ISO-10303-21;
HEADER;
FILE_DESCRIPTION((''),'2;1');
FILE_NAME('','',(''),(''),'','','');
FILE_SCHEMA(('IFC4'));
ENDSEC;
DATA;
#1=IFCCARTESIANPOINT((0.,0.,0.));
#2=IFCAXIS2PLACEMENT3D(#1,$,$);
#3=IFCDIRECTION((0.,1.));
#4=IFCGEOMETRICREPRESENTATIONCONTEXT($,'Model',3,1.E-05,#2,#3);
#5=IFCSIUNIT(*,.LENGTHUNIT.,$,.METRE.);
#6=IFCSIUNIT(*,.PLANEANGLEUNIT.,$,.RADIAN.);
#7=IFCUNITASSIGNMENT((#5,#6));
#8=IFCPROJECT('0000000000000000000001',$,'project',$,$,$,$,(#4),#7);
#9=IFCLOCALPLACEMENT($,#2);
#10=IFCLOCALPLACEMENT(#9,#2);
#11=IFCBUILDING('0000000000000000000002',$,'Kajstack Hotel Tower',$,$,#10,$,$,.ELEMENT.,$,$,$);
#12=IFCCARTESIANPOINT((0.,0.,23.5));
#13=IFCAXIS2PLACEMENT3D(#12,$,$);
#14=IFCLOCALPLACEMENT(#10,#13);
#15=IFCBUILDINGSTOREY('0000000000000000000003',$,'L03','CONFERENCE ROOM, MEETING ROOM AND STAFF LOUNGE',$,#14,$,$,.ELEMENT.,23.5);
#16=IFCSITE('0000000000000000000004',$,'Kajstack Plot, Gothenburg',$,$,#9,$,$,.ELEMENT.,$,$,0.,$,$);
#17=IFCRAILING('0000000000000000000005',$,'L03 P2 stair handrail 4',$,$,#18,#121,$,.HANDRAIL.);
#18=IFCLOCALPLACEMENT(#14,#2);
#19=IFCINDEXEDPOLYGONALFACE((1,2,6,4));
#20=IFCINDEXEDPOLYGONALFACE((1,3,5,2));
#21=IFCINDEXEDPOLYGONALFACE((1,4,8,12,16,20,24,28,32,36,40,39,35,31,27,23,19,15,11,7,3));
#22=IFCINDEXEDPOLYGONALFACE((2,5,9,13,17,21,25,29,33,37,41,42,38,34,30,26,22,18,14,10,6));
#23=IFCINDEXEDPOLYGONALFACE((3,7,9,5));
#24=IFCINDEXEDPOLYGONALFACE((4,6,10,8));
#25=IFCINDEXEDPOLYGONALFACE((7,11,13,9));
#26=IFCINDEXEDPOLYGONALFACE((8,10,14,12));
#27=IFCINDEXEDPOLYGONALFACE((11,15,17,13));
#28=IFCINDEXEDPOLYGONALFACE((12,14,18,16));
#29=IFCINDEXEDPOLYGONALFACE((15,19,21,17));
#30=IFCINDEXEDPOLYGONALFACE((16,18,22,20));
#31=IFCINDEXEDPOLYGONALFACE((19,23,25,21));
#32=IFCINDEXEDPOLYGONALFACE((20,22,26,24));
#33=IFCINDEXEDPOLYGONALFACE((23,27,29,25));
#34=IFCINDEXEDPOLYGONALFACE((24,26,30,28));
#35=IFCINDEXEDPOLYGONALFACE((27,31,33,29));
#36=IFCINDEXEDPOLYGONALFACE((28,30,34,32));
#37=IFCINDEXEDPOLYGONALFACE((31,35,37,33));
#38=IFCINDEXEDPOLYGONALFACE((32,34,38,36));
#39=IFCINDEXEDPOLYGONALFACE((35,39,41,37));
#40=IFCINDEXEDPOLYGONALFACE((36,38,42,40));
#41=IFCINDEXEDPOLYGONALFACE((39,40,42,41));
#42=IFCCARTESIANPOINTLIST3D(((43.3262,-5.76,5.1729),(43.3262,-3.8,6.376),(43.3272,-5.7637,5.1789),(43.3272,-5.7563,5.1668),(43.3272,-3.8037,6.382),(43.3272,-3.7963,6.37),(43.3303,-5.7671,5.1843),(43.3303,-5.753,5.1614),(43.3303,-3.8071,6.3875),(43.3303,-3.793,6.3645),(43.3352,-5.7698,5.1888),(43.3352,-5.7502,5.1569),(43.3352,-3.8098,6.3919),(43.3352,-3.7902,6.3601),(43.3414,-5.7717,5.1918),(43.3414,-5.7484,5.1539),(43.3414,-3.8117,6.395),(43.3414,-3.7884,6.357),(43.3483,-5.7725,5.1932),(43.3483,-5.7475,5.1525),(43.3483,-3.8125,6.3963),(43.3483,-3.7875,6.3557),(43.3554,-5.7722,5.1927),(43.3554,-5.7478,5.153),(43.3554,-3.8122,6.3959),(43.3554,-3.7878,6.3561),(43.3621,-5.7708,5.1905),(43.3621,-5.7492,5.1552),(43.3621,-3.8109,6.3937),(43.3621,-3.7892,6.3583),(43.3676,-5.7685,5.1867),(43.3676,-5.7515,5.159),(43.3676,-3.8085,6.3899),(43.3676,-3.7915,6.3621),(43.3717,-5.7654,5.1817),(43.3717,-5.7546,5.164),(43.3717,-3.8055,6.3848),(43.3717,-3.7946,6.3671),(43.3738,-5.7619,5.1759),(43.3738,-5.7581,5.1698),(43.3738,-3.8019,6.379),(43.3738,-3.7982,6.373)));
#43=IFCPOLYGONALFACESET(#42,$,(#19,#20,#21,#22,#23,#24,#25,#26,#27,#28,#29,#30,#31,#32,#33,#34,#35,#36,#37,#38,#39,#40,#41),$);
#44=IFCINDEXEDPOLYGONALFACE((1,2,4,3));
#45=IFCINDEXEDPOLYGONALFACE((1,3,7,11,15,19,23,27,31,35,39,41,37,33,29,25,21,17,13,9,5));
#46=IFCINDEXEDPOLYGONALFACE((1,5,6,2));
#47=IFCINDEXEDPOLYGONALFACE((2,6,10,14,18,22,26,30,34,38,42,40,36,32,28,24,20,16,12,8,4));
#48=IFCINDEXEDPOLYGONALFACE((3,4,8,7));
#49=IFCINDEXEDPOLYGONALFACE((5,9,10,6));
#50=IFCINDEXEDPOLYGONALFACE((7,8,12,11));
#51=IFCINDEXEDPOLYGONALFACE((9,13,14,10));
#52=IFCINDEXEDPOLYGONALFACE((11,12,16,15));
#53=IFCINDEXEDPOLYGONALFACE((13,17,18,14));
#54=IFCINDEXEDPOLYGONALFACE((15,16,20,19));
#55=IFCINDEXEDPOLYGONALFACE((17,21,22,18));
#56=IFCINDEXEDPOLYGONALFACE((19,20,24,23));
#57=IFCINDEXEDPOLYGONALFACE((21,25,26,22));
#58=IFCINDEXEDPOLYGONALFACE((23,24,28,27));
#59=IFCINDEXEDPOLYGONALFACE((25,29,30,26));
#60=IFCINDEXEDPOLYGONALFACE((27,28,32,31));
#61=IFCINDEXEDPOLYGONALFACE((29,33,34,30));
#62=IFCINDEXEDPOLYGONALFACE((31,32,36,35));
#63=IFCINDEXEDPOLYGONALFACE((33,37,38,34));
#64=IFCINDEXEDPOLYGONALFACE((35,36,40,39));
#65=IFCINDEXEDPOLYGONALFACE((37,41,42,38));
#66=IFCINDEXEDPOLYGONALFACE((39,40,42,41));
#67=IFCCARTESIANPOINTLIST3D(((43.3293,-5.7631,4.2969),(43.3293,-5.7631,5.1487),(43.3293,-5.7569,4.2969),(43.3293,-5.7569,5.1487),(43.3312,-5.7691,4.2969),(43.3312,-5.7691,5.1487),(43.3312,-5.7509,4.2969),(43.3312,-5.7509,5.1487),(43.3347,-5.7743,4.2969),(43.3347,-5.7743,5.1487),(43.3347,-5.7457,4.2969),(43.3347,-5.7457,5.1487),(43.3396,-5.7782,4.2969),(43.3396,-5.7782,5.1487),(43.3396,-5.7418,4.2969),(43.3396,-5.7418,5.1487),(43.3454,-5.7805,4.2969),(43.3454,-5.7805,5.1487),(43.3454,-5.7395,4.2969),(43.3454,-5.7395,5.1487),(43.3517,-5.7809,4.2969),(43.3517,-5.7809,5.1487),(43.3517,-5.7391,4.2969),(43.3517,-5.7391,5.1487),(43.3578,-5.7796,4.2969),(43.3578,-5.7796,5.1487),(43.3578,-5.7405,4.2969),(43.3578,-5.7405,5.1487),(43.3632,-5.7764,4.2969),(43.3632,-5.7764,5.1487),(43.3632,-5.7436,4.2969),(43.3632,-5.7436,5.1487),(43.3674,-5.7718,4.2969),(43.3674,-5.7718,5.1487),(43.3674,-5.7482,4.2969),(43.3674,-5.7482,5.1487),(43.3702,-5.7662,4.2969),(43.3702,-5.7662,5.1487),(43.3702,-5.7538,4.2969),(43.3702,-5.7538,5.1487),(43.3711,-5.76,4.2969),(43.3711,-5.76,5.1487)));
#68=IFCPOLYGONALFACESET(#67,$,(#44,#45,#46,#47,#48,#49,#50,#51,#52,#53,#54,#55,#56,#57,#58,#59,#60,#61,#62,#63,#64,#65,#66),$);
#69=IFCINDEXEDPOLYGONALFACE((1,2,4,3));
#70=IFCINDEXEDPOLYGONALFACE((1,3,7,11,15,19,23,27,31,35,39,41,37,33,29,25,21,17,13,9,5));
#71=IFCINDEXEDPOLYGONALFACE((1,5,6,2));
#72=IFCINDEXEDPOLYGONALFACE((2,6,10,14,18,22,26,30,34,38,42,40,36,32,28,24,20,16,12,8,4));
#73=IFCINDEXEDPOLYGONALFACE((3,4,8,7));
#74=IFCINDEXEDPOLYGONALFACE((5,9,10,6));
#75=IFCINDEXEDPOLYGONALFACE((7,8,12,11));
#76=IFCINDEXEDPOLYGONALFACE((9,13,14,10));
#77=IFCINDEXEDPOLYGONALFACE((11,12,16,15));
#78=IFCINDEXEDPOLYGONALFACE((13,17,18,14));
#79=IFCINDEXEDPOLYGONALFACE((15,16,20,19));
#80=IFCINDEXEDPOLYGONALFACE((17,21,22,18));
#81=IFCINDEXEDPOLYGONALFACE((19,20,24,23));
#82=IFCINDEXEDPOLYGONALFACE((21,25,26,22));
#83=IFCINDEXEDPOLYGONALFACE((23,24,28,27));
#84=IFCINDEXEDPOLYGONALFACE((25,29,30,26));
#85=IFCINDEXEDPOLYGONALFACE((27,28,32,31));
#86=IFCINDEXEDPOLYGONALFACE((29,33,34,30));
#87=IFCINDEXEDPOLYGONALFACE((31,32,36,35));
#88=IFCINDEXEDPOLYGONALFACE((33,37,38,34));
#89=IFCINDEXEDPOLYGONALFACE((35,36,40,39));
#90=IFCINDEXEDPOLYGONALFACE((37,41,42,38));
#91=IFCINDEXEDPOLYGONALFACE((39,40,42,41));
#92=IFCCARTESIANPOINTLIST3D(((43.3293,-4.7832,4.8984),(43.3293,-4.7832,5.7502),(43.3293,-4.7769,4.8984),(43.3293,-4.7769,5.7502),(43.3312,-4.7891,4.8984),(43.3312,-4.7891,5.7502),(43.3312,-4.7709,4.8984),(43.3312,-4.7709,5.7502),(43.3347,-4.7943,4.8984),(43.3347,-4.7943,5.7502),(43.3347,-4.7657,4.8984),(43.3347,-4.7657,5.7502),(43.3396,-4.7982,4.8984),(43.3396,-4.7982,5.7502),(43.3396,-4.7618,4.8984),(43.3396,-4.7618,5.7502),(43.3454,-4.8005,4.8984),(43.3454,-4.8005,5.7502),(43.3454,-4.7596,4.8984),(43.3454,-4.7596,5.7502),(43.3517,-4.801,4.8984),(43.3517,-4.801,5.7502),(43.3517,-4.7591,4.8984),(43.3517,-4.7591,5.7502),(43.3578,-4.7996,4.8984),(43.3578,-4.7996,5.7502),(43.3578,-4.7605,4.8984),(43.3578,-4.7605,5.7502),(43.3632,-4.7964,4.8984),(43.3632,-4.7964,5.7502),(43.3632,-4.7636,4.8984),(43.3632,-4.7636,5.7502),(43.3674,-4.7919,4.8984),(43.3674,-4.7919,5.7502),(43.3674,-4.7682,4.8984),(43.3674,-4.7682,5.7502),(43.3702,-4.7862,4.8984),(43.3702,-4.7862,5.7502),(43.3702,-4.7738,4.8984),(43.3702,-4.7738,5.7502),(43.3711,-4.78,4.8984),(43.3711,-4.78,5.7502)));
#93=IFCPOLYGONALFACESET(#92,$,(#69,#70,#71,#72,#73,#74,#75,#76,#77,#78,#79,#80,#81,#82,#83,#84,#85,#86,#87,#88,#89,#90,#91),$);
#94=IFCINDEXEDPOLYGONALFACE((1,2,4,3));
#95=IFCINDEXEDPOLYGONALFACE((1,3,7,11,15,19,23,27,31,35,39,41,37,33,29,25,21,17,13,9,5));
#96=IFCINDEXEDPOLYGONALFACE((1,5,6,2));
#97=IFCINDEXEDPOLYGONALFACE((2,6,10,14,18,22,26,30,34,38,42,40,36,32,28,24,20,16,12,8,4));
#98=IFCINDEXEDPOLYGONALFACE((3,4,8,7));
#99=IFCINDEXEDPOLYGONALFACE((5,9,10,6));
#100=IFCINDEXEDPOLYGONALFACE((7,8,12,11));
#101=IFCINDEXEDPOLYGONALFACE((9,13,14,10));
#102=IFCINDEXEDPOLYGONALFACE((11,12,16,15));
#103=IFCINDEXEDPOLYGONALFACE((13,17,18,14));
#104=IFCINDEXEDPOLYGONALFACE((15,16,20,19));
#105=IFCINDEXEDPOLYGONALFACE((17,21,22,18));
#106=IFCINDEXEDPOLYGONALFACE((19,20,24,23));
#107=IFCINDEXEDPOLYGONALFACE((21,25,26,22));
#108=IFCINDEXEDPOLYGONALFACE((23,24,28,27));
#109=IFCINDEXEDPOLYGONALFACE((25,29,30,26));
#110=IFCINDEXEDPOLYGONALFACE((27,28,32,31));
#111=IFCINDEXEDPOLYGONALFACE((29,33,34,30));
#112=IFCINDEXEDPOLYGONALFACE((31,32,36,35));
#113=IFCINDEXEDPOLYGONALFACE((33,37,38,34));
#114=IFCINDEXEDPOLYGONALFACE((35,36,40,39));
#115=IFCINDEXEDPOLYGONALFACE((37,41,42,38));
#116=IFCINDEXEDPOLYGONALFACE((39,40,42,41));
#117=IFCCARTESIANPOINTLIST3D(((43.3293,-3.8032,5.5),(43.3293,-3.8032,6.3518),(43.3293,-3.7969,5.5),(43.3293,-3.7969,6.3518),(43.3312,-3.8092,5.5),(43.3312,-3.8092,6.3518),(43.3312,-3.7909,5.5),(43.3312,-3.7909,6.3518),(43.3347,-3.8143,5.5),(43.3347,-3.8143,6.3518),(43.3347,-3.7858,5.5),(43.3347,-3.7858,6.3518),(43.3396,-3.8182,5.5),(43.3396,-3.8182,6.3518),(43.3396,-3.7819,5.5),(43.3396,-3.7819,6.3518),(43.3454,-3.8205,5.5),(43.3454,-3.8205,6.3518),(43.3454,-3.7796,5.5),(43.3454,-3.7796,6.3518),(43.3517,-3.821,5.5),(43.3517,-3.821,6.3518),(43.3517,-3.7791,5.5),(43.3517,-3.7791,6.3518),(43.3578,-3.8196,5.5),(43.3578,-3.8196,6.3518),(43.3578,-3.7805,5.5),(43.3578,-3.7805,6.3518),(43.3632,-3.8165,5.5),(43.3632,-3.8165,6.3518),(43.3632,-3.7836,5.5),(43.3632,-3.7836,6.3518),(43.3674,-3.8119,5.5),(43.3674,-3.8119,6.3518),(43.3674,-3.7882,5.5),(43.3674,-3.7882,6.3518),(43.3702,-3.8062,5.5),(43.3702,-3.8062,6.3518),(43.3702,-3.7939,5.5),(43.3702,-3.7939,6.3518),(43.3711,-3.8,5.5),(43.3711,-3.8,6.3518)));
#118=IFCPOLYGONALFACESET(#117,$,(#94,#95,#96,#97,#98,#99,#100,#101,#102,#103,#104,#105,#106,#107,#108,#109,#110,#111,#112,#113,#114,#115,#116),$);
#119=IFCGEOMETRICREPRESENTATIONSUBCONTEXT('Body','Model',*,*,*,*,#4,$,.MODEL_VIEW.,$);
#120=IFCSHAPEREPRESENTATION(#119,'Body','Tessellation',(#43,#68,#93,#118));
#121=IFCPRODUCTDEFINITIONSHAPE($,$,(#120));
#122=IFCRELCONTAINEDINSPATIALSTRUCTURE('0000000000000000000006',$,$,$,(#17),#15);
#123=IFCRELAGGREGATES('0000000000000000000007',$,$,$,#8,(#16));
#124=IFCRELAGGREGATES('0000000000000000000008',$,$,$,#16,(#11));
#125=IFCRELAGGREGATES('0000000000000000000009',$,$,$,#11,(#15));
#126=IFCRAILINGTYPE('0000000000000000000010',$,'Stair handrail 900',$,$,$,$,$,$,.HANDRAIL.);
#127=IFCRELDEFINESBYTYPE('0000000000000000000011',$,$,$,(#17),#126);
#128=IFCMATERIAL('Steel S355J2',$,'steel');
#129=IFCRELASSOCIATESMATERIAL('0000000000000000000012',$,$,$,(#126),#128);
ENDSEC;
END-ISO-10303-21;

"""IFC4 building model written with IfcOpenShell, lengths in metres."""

from ifc_helpers import new_model, si_unit, direction, frame, origin, origin_2d, place, context, subcontext, project, spatial, circle, extrude, material, type_object, element, save


model = new_model("IFC4")

# Units and contexts
model_context = context("Model", 3, precision=1e-05, world=origin(), true_north=direction((0.0, 1.0)))
body_context = subcontext(model_context, "Body", "Model", "MODEL_VIEW")
ifc_project = project(units=[si_unit("LENGTHUNIT", "METRE"), si_unit("PLANEANGLEUNIT", "RADIAN")], contexts=[model_context])

# Site, building, storey
site_placement = place(None, origin())
site = spatial("IfcSite", under=ifc_project, at=site_placement, Name="Kajstack Plot, Gothenburg", CompositionType="ELEMENT", RefElevation=0.0)
building_placement = place(site_placement, origin())
building = spatial("IfcBuilding", under=site, at=building_placement, Name="Kajstack Hotel Tower", CompositionType="ELEMENT")
storey_placement = place(building_placement, frame((0.0, 0.0, 23.5)))
storey = spatial("IfcBuildingStorey", under=building, at=storey_placement, Name="L03", Description="CONFERENCE ROOM, MEETING ROOM AND STAFF LOUNGE", CompositionType="ELEMENT", Elevation=23.5)

# Railing
ifc_material_1 = material(Name="Steel S355J2", Category="steel")
railing_type_1 = type_object("IfcRailingType", Name="Stair handrail 900", PredefinedType="HANDRAIL", material=ifc_material_1)
railing_1_placement = place(storey_placement, frame((43.3501, -5.76, 4.2969)))
element("IfcRailing", 1, at=railing_1_placement, inside=storey, type_object=railing_type_1, Name="L03 P2 stair handrail 4", PredefinedType="HANDRAIL", context=body_context, shape_type="SweptSolid", body=[
    extrude(circle(Radius=0.0239, at=origin_2d()), frame((0.0, 0.0, 0.876), z_axis=(0.0, 0.852241, 0.523149), x_axis=(-1.0, 0.0, 0.0)), (0.0, 0.0, 1.0), 2.2998),
    extrude(circle(Radius=0.021, at=origin_2d()), origin(), (0.0, 0.0, 1.0), 0.8518),
    extrude(circle(Radius=0.021, at=origin_2d()), frame((0.0, 0.98, 0.6016)), (0.0, 0.0, 1.0), 0.8518),
    extrude(circle(Radius=0.021, at=origin_2d()), frame((0.0, 1.96, 1.2031)), (0.0, 0.0, 1.0), 0.8518),
])

save(model, "model.ifc")
